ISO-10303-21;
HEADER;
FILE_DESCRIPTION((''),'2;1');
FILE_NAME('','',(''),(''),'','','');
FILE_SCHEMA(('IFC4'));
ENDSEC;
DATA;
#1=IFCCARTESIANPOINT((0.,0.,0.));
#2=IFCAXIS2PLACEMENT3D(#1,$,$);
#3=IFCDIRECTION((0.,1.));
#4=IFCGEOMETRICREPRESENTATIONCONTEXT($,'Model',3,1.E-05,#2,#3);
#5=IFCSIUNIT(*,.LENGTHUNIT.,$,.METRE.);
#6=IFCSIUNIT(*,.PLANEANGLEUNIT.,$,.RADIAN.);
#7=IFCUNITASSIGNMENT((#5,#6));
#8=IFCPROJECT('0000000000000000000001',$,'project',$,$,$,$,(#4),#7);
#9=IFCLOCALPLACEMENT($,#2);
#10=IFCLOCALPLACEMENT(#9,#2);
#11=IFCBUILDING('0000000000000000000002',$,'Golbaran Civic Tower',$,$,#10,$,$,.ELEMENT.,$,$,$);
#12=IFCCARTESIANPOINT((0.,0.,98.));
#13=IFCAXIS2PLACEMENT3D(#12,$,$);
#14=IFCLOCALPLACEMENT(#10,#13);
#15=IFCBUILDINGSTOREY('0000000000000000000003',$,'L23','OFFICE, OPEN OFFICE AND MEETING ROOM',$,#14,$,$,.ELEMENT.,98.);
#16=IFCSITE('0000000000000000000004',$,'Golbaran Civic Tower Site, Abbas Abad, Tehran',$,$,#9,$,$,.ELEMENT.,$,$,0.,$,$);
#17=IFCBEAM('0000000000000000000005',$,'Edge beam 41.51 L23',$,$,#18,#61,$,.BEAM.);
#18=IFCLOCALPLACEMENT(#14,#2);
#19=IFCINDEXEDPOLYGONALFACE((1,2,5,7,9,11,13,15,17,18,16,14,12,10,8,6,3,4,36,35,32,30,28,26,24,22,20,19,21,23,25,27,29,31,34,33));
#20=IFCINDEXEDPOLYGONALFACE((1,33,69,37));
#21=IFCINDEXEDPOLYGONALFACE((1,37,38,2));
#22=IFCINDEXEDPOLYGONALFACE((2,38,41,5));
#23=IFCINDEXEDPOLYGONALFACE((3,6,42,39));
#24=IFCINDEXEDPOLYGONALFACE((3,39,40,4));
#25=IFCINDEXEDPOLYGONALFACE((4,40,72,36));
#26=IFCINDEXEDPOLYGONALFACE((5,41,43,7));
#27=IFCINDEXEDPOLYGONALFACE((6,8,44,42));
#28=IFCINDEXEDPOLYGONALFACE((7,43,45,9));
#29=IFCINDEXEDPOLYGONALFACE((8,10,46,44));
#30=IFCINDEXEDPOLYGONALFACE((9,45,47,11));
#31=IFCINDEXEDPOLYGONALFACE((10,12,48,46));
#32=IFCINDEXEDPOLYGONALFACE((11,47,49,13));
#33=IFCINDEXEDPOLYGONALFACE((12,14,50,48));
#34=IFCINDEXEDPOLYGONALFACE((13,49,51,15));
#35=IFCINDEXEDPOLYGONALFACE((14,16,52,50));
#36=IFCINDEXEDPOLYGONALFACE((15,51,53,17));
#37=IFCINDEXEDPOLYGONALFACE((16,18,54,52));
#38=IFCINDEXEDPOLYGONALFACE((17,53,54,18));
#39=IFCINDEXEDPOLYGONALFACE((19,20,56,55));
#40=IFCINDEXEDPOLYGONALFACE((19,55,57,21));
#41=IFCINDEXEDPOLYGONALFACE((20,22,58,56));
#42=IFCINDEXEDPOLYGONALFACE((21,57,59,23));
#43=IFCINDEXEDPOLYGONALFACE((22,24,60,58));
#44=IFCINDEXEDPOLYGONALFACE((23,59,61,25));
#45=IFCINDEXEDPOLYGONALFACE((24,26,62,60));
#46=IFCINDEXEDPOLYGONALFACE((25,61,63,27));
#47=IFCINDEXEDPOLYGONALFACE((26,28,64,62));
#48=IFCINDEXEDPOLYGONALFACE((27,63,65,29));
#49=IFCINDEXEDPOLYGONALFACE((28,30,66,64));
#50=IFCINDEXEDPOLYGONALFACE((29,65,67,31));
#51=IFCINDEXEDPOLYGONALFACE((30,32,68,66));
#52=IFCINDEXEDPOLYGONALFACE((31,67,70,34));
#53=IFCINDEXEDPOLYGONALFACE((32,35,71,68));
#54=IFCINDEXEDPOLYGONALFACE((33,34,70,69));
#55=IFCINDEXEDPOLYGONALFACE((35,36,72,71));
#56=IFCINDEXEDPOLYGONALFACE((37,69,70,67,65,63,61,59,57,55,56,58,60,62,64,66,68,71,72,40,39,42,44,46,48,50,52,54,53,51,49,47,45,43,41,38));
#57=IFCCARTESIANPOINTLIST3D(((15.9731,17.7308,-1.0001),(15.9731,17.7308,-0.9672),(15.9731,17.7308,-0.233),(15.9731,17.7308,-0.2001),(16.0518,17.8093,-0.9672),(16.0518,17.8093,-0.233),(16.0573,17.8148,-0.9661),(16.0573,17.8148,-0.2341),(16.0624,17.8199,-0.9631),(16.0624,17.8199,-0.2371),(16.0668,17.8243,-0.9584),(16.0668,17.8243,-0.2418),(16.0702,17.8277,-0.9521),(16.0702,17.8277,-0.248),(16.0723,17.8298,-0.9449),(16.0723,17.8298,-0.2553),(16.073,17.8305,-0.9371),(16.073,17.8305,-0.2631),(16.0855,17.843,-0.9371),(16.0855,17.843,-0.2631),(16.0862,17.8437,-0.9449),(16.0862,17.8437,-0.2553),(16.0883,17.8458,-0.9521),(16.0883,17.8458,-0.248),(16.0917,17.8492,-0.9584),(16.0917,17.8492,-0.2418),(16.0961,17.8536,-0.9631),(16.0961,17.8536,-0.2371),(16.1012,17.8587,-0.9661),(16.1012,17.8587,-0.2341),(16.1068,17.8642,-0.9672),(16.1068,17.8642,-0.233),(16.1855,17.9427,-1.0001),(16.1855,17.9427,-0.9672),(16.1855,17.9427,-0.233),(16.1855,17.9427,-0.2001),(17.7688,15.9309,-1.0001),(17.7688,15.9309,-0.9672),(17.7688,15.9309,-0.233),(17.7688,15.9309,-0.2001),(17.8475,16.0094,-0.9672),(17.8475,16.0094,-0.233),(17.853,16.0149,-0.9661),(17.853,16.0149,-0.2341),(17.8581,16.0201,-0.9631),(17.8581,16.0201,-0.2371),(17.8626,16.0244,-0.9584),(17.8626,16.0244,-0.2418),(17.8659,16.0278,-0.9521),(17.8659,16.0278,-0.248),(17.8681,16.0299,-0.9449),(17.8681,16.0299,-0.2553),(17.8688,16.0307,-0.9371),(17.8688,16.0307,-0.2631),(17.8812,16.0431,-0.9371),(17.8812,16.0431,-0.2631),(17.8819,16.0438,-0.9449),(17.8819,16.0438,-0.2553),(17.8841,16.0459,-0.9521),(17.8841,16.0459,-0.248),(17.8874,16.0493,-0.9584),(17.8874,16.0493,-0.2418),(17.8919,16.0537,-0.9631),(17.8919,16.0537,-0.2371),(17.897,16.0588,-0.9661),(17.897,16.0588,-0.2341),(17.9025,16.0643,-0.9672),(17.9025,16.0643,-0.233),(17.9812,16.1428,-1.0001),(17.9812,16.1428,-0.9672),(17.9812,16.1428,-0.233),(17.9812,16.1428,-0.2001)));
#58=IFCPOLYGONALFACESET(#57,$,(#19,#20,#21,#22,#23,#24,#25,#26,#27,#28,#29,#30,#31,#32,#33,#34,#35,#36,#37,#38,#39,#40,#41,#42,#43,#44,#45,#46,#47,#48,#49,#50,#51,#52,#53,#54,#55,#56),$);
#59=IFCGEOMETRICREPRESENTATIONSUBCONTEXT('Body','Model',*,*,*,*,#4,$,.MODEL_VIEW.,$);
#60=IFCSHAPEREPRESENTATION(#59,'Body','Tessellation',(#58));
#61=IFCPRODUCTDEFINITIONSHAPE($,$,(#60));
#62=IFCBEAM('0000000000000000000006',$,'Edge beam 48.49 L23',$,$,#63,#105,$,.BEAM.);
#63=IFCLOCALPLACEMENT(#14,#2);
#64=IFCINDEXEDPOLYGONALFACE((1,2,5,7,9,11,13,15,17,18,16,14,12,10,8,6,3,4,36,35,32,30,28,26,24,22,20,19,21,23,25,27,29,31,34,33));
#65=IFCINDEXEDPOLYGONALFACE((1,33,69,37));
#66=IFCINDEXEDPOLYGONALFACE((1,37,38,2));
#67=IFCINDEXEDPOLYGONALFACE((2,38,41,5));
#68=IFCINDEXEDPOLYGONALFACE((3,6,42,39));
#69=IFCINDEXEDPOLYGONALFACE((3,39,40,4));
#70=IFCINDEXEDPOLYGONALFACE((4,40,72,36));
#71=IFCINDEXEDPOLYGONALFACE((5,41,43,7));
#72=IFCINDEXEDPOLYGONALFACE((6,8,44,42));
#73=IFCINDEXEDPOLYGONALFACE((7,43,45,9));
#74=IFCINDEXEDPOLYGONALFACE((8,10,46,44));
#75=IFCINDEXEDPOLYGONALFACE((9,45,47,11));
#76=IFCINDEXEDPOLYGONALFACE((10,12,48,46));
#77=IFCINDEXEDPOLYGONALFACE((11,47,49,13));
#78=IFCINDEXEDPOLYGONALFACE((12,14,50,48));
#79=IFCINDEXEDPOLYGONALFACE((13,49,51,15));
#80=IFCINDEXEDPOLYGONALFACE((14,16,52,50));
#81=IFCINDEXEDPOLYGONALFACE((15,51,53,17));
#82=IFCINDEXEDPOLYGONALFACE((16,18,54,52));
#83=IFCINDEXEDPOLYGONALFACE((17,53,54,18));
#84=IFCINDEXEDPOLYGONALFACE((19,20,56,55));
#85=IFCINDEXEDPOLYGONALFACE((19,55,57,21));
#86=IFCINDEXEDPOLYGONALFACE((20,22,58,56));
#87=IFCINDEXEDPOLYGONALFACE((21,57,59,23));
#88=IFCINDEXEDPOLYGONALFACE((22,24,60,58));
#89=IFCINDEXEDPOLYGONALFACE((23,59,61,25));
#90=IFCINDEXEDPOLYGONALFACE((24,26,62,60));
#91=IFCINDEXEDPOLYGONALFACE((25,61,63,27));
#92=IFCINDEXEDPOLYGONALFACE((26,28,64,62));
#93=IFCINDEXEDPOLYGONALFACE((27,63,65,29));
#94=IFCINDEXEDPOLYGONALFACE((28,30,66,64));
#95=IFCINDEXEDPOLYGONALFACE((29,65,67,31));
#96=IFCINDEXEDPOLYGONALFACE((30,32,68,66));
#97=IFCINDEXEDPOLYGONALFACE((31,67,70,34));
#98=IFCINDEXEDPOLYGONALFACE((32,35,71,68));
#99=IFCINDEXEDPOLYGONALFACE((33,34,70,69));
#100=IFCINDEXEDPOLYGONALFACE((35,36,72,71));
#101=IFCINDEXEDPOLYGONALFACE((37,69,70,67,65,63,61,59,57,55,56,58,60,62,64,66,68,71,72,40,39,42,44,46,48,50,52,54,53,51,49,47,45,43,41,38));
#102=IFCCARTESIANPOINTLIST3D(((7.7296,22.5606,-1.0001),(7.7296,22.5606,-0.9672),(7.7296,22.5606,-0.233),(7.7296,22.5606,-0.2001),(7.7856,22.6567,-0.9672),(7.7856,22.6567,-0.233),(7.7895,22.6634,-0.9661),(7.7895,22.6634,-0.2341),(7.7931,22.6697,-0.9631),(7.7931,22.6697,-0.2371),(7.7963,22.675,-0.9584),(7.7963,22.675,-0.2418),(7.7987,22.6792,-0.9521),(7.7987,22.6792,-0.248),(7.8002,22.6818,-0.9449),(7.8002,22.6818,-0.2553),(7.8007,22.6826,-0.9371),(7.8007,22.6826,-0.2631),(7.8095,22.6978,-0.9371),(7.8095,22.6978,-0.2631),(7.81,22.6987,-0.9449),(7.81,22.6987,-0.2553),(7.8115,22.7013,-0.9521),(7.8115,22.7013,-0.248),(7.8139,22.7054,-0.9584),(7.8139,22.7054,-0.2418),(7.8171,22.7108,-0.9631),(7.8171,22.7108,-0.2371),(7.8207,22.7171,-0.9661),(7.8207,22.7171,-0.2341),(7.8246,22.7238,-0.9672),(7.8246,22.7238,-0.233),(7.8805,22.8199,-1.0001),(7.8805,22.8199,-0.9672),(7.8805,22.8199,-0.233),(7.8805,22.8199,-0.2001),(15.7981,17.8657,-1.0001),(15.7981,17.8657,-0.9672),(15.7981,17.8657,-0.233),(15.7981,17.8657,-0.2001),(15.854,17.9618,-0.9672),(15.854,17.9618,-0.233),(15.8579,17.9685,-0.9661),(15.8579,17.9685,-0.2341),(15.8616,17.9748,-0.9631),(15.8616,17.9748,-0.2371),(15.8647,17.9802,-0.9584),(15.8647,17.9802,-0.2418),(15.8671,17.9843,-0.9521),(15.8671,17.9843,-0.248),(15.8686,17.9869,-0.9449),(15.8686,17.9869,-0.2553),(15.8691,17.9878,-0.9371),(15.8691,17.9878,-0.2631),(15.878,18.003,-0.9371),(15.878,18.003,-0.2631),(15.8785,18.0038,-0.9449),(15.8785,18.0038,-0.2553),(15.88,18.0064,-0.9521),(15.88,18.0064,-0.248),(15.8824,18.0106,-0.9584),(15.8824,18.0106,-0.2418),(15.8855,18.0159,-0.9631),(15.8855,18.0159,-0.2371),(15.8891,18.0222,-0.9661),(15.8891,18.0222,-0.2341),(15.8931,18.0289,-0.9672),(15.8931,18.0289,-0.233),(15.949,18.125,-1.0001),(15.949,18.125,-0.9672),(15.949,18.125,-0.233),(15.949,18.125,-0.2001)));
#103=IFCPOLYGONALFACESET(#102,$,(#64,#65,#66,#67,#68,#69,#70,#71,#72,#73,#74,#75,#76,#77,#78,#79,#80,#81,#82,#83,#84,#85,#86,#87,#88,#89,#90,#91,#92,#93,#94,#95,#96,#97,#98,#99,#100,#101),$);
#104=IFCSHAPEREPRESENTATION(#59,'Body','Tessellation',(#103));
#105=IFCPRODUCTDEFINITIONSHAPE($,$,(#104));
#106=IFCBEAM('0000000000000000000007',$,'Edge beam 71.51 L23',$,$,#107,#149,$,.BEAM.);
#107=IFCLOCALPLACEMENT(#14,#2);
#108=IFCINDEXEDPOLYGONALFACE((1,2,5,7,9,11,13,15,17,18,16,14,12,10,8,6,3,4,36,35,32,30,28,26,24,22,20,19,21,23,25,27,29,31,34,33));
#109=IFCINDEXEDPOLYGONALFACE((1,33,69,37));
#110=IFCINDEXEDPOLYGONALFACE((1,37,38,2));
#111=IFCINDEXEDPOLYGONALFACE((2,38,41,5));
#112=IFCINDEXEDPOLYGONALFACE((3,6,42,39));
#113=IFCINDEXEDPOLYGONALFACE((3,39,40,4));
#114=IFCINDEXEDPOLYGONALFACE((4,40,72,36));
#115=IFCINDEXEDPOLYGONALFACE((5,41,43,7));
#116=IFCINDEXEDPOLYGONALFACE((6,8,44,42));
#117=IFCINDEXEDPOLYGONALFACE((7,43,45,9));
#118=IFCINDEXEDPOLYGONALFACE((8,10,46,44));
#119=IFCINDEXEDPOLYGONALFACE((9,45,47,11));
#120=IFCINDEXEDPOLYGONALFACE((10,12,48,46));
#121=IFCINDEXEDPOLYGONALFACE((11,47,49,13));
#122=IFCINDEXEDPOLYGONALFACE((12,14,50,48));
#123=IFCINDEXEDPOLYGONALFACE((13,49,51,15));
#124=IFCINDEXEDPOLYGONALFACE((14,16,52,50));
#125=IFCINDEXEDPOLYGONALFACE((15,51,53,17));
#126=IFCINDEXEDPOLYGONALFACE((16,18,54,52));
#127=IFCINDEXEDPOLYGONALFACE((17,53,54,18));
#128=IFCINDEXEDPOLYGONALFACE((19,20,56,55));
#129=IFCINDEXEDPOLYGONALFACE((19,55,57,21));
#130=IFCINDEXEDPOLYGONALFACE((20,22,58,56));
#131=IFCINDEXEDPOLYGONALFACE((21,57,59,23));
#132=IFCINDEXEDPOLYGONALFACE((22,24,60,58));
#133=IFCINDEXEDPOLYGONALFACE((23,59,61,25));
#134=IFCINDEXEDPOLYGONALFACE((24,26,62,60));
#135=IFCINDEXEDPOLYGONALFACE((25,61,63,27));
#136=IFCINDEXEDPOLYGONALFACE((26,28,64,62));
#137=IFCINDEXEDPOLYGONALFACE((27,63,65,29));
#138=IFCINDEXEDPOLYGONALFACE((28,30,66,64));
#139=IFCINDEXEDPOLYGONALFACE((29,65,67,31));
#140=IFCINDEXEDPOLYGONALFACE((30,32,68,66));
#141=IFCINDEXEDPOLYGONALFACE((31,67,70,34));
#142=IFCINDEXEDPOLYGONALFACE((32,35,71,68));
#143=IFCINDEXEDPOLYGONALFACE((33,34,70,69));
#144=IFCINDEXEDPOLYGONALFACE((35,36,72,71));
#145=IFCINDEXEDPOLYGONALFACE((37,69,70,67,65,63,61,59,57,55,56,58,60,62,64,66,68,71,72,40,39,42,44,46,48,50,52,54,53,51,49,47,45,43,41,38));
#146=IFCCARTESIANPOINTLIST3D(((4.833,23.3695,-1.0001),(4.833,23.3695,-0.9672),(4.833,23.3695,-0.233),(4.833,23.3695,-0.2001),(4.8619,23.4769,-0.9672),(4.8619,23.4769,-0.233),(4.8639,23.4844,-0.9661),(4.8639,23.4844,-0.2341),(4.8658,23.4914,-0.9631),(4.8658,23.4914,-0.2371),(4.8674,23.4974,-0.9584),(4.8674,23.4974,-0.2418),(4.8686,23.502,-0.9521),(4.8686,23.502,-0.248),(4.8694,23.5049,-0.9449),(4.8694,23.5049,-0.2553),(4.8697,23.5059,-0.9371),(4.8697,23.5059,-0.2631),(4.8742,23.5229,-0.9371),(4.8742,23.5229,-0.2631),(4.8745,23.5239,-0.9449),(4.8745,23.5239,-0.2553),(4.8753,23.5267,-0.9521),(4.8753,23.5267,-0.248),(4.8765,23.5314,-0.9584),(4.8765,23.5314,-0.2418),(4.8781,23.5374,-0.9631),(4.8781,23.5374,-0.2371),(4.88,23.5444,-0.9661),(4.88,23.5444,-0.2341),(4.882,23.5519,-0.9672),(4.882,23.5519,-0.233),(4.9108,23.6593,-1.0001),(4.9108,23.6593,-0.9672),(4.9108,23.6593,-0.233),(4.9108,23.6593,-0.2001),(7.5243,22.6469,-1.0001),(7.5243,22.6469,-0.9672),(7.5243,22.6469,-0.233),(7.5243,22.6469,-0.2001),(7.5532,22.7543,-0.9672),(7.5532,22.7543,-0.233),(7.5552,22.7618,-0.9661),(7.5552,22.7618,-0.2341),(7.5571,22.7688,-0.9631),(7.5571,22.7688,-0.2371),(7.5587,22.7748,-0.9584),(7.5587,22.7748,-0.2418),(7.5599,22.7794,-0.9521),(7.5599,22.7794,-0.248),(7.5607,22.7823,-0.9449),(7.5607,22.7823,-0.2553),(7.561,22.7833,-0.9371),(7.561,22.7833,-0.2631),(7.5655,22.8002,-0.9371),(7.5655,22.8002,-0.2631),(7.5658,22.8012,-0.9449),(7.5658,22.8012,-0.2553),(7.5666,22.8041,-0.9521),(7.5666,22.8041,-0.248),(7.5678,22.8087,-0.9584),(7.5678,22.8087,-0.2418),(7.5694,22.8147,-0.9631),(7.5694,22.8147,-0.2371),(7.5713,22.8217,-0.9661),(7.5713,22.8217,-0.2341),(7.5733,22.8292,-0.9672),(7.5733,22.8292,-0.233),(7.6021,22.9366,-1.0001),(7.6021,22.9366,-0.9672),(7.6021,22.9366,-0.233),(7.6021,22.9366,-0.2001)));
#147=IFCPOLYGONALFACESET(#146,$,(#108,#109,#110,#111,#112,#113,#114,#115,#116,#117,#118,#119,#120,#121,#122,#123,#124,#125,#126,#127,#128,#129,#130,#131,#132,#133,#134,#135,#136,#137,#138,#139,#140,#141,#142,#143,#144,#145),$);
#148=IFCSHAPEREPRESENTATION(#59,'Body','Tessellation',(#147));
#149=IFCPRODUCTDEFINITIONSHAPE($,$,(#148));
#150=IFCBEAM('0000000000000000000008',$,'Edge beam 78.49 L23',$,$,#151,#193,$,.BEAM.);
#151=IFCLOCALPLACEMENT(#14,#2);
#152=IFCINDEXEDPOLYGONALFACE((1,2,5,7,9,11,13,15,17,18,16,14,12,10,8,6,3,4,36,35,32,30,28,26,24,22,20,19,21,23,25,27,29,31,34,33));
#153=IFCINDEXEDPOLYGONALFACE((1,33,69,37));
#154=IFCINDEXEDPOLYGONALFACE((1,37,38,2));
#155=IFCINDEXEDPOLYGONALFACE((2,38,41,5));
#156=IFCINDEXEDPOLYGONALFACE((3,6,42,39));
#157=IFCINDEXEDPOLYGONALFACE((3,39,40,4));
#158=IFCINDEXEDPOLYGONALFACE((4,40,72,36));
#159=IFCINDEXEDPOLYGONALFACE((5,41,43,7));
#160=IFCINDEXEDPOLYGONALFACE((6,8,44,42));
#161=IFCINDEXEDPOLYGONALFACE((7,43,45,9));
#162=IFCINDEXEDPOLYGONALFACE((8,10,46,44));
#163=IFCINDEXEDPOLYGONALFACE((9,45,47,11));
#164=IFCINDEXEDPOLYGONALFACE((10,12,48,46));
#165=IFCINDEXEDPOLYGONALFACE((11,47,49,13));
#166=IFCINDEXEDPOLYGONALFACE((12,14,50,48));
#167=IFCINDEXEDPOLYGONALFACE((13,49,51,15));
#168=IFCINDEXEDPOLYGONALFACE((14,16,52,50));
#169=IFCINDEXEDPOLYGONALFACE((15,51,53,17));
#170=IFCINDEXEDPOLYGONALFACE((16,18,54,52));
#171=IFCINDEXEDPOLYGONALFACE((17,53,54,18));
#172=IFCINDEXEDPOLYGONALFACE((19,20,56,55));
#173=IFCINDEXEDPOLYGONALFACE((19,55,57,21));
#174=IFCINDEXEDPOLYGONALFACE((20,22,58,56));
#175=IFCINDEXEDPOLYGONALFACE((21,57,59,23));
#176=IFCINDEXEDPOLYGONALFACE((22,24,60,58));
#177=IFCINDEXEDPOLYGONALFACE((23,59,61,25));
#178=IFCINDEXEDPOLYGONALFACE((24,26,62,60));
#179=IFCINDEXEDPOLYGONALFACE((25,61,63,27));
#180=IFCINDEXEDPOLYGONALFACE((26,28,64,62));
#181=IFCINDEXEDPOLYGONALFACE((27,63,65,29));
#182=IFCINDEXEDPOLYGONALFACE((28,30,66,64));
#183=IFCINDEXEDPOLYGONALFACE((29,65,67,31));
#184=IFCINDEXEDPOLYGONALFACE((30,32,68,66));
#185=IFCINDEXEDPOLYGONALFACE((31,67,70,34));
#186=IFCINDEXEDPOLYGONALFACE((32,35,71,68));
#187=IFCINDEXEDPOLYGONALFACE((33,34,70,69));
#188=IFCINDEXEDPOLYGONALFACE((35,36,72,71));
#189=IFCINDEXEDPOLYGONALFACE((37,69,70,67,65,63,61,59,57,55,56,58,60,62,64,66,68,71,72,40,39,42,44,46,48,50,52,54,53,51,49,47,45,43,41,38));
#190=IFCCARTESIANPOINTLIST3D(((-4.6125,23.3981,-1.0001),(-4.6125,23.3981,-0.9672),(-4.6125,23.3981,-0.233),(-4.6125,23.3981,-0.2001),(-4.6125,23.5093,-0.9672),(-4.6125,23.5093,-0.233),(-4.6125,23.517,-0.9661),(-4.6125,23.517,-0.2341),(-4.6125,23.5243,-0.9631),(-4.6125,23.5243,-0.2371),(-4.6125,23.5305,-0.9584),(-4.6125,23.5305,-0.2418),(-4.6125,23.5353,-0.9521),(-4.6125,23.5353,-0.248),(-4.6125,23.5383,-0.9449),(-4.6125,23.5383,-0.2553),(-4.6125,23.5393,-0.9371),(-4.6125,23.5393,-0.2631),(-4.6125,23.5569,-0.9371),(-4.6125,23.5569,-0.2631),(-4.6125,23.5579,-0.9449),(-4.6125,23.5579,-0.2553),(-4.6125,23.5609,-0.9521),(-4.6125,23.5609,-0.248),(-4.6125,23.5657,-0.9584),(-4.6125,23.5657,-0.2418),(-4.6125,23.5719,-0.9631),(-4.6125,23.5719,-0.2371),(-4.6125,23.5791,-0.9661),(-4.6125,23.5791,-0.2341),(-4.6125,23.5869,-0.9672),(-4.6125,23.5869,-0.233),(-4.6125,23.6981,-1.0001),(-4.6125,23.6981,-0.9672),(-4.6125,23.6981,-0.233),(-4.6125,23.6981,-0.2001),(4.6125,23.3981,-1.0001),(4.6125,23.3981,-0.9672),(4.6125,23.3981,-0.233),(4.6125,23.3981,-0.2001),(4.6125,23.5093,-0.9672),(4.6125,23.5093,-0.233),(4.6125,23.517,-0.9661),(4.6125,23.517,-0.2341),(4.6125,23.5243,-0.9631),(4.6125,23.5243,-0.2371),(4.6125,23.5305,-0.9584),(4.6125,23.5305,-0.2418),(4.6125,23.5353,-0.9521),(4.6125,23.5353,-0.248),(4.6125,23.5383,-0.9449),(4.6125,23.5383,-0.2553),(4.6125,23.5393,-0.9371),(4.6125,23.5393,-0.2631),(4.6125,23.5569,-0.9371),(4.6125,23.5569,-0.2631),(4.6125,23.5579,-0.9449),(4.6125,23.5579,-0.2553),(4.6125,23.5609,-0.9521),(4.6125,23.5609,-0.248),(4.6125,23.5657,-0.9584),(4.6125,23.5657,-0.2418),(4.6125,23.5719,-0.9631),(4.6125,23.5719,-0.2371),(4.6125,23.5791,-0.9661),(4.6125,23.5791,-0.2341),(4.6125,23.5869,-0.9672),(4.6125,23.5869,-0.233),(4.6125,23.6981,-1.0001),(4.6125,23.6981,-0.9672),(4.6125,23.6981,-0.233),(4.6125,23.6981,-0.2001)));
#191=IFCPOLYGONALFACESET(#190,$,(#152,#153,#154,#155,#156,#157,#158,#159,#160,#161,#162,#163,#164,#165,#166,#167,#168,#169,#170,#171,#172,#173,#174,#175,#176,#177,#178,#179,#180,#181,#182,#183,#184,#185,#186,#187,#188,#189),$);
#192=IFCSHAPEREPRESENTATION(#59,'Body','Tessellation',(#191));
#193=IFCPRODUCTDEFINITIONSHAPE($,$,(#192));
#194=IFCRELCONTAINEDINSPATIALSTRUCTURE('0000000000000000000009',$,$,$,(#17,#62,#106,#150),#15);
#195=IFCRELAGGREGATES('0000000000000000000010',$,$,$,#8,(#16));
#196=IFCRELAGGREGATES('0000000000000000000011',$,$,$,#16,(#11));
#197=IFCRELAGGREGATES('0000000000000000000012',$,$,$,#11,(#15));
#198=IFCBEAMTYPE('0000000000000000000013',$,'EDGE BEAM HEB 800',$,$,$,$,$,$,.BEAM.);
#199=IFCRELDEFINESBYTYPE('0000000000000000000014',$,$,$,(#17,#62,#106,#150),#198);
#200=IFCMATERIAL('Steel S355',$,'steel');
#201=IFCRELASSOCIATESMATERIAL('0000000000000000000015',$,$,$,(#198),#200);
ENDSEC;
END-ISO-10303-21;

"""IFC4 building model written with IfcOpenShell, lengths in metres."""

from ifc_helpers import new_model, si_unit, direction, frame, origin, origin_2d, place, context, subcontext, project, spatial, i_section, extrude, material, material_profile, profile_set, type_object, element, save


model = new_model("IFC4")

# Units and contexts
model_context = context("Model", 3, precision=1e-05, world=origin(), true_north=direction((0.0, 1.0)))
body_context = subcontext(model_context, "Body", "Model", "MODEL_VIEW")
ifc_project = project(units=[si_unit("LENGTHUNIT", "METRE"), si_unit("PLANEANGLEUNIT", "RADIAN")], contexts=[model_context])

# Site, building, storey
site_placement = place(None, origin())
site = spatial("IfcSite", under=ifc_project, at=site_placement, Name="Golbaran Civic Tower Site, Abbas Abad, Tehran", CompositionType="ELEMENT", RefElevation=0.0)
building_placement = place(site_placement, origin())
building = spatial("IfcBuilding", under=site, at=building_placement, Name="Golbaran Civic Tower", CompositionType="ELEMENT")
storey_placement = place(building_placement, frame((0.0, 0.0, 98.0)))
storey = spatial("IfcBuildingStorey", under=building, at=storey_placement, Name="L23", Description="OFFICE, OPEN OFFICE AND MEETING ROOM", CompositionType="ELEMENT", Elevation=98.0)

# Beams
ifc_material_1 = material(Name="Steel S355", Category="steel")
ifc_material_profile_1 = material_profile(ifc_material_1, i_section(OverallWidth=0.3, OverallDepth=0.8, WebThickness=0.0176, FlangeThickness=0.033, FilletRadius=0.03, at=origin_2d()), Name="HEB 800")
ifc_profile_set_1 = profile_set([ifc_material_profile_1], Name="Steel S355")
beam_type_1 = type_object("IfcBeamType", Name="EDGE BEAM HEB 800", PredefinedType="BEAM", material=ifc_profile_set_1)
beam_1_placement = place(storey_placement, frame((17.875, 16.0369, -0.6001), z_axis=(-0.70629, 0.707923, 0.0), x_axis=(-0.707923, -0.70629, 0.0)))
element("IfcBeam", 1, at=beam_1_placement, inside=storey, type_object=beam_type_1, Name="Edge beam 41.51 L23", PredefinedType="BEAM", context=body_context, shape_type="SweptSolid", body=[
    extrude(i_section(OverallWidth=0.3, OverallDepth=0.8, WebThickness=0.0176, FlangeThickness=0.033, FilletRadius=0.03, at=origin_2d()), origin(), (0.0, 0.0, 1.0), 2.5425),
])
beam_2_placement = place(storey_placement, frame((15.8735, 17.9954, -0.6001), z_axis=(-0.864325, 0.502934, 0.0), x_axis=(-0.502934, -0.864325, 0.0)))
element("IfcBeam", 2, at=beam_2_placement, inside=storey, type_object=beam_type_1, Name="Edge beam 48.49 L23", PredefinedType="BEAM", context=body_context, shape_type="SweptSolid", body=[
    extrude(i_section(OverallWidth=0.3, OverallDepth=0.8, WebThickness=0.0176, FlangeThickness=0.033, FilletRadius=0.03, at=origin_2d()), origin(), (0.0, 0.0, 1.0), 9.335),
])
beam_3_placement = place(storey_placement, frame((7.5632, 22.7917, -0.6001), z_axis=(-0.965791, 0.25932, 0.0), x_axis=(-0.25932, -0.965791, 0.0)))
element("IfcBeam", 3, at=beam_3_placement, inside=storey, type_object=beam_type_1, Name="Edge beam 71.51 L23", PredefinedType="BEAM", context=body_context, shape_type="SweptSolid", body=[
    extrude(i_section(OverallWidth=0.3, OverallDepth=0.8, WebThickness=0.0176, FlangeThickness=0.033, FilletRadius=0.03, at=origin_2d()), origin(), (0.0, 0.0, 1.0), 2.7866),
])
beam_4_placement = place(storey_placement, frame((4.6125, 23.5481, -0.6001), z_axis=(-1.0, 0.0, 0.0), x_axis=(0.0, -1.0, 0.0)))
element("IfcBeam", 4, at=beam_4_placement, inside=storey, type_object=beam_type_1, Name="Edge beam 78.49 L23", PredefinedType="BEAM", context=body_context, shape_type="SweptSolid", body=[
    extrude(i_section(OverallWidth=0.3, OverallDepth=0.8, WebThickness=0.0176, FlangeThickness=0.033, FilletRadius=0.03, at=origin_2d()), origin(), (0.0, 0.0, 1.0), 9.2251),
])

save(model, "model.ifc")
